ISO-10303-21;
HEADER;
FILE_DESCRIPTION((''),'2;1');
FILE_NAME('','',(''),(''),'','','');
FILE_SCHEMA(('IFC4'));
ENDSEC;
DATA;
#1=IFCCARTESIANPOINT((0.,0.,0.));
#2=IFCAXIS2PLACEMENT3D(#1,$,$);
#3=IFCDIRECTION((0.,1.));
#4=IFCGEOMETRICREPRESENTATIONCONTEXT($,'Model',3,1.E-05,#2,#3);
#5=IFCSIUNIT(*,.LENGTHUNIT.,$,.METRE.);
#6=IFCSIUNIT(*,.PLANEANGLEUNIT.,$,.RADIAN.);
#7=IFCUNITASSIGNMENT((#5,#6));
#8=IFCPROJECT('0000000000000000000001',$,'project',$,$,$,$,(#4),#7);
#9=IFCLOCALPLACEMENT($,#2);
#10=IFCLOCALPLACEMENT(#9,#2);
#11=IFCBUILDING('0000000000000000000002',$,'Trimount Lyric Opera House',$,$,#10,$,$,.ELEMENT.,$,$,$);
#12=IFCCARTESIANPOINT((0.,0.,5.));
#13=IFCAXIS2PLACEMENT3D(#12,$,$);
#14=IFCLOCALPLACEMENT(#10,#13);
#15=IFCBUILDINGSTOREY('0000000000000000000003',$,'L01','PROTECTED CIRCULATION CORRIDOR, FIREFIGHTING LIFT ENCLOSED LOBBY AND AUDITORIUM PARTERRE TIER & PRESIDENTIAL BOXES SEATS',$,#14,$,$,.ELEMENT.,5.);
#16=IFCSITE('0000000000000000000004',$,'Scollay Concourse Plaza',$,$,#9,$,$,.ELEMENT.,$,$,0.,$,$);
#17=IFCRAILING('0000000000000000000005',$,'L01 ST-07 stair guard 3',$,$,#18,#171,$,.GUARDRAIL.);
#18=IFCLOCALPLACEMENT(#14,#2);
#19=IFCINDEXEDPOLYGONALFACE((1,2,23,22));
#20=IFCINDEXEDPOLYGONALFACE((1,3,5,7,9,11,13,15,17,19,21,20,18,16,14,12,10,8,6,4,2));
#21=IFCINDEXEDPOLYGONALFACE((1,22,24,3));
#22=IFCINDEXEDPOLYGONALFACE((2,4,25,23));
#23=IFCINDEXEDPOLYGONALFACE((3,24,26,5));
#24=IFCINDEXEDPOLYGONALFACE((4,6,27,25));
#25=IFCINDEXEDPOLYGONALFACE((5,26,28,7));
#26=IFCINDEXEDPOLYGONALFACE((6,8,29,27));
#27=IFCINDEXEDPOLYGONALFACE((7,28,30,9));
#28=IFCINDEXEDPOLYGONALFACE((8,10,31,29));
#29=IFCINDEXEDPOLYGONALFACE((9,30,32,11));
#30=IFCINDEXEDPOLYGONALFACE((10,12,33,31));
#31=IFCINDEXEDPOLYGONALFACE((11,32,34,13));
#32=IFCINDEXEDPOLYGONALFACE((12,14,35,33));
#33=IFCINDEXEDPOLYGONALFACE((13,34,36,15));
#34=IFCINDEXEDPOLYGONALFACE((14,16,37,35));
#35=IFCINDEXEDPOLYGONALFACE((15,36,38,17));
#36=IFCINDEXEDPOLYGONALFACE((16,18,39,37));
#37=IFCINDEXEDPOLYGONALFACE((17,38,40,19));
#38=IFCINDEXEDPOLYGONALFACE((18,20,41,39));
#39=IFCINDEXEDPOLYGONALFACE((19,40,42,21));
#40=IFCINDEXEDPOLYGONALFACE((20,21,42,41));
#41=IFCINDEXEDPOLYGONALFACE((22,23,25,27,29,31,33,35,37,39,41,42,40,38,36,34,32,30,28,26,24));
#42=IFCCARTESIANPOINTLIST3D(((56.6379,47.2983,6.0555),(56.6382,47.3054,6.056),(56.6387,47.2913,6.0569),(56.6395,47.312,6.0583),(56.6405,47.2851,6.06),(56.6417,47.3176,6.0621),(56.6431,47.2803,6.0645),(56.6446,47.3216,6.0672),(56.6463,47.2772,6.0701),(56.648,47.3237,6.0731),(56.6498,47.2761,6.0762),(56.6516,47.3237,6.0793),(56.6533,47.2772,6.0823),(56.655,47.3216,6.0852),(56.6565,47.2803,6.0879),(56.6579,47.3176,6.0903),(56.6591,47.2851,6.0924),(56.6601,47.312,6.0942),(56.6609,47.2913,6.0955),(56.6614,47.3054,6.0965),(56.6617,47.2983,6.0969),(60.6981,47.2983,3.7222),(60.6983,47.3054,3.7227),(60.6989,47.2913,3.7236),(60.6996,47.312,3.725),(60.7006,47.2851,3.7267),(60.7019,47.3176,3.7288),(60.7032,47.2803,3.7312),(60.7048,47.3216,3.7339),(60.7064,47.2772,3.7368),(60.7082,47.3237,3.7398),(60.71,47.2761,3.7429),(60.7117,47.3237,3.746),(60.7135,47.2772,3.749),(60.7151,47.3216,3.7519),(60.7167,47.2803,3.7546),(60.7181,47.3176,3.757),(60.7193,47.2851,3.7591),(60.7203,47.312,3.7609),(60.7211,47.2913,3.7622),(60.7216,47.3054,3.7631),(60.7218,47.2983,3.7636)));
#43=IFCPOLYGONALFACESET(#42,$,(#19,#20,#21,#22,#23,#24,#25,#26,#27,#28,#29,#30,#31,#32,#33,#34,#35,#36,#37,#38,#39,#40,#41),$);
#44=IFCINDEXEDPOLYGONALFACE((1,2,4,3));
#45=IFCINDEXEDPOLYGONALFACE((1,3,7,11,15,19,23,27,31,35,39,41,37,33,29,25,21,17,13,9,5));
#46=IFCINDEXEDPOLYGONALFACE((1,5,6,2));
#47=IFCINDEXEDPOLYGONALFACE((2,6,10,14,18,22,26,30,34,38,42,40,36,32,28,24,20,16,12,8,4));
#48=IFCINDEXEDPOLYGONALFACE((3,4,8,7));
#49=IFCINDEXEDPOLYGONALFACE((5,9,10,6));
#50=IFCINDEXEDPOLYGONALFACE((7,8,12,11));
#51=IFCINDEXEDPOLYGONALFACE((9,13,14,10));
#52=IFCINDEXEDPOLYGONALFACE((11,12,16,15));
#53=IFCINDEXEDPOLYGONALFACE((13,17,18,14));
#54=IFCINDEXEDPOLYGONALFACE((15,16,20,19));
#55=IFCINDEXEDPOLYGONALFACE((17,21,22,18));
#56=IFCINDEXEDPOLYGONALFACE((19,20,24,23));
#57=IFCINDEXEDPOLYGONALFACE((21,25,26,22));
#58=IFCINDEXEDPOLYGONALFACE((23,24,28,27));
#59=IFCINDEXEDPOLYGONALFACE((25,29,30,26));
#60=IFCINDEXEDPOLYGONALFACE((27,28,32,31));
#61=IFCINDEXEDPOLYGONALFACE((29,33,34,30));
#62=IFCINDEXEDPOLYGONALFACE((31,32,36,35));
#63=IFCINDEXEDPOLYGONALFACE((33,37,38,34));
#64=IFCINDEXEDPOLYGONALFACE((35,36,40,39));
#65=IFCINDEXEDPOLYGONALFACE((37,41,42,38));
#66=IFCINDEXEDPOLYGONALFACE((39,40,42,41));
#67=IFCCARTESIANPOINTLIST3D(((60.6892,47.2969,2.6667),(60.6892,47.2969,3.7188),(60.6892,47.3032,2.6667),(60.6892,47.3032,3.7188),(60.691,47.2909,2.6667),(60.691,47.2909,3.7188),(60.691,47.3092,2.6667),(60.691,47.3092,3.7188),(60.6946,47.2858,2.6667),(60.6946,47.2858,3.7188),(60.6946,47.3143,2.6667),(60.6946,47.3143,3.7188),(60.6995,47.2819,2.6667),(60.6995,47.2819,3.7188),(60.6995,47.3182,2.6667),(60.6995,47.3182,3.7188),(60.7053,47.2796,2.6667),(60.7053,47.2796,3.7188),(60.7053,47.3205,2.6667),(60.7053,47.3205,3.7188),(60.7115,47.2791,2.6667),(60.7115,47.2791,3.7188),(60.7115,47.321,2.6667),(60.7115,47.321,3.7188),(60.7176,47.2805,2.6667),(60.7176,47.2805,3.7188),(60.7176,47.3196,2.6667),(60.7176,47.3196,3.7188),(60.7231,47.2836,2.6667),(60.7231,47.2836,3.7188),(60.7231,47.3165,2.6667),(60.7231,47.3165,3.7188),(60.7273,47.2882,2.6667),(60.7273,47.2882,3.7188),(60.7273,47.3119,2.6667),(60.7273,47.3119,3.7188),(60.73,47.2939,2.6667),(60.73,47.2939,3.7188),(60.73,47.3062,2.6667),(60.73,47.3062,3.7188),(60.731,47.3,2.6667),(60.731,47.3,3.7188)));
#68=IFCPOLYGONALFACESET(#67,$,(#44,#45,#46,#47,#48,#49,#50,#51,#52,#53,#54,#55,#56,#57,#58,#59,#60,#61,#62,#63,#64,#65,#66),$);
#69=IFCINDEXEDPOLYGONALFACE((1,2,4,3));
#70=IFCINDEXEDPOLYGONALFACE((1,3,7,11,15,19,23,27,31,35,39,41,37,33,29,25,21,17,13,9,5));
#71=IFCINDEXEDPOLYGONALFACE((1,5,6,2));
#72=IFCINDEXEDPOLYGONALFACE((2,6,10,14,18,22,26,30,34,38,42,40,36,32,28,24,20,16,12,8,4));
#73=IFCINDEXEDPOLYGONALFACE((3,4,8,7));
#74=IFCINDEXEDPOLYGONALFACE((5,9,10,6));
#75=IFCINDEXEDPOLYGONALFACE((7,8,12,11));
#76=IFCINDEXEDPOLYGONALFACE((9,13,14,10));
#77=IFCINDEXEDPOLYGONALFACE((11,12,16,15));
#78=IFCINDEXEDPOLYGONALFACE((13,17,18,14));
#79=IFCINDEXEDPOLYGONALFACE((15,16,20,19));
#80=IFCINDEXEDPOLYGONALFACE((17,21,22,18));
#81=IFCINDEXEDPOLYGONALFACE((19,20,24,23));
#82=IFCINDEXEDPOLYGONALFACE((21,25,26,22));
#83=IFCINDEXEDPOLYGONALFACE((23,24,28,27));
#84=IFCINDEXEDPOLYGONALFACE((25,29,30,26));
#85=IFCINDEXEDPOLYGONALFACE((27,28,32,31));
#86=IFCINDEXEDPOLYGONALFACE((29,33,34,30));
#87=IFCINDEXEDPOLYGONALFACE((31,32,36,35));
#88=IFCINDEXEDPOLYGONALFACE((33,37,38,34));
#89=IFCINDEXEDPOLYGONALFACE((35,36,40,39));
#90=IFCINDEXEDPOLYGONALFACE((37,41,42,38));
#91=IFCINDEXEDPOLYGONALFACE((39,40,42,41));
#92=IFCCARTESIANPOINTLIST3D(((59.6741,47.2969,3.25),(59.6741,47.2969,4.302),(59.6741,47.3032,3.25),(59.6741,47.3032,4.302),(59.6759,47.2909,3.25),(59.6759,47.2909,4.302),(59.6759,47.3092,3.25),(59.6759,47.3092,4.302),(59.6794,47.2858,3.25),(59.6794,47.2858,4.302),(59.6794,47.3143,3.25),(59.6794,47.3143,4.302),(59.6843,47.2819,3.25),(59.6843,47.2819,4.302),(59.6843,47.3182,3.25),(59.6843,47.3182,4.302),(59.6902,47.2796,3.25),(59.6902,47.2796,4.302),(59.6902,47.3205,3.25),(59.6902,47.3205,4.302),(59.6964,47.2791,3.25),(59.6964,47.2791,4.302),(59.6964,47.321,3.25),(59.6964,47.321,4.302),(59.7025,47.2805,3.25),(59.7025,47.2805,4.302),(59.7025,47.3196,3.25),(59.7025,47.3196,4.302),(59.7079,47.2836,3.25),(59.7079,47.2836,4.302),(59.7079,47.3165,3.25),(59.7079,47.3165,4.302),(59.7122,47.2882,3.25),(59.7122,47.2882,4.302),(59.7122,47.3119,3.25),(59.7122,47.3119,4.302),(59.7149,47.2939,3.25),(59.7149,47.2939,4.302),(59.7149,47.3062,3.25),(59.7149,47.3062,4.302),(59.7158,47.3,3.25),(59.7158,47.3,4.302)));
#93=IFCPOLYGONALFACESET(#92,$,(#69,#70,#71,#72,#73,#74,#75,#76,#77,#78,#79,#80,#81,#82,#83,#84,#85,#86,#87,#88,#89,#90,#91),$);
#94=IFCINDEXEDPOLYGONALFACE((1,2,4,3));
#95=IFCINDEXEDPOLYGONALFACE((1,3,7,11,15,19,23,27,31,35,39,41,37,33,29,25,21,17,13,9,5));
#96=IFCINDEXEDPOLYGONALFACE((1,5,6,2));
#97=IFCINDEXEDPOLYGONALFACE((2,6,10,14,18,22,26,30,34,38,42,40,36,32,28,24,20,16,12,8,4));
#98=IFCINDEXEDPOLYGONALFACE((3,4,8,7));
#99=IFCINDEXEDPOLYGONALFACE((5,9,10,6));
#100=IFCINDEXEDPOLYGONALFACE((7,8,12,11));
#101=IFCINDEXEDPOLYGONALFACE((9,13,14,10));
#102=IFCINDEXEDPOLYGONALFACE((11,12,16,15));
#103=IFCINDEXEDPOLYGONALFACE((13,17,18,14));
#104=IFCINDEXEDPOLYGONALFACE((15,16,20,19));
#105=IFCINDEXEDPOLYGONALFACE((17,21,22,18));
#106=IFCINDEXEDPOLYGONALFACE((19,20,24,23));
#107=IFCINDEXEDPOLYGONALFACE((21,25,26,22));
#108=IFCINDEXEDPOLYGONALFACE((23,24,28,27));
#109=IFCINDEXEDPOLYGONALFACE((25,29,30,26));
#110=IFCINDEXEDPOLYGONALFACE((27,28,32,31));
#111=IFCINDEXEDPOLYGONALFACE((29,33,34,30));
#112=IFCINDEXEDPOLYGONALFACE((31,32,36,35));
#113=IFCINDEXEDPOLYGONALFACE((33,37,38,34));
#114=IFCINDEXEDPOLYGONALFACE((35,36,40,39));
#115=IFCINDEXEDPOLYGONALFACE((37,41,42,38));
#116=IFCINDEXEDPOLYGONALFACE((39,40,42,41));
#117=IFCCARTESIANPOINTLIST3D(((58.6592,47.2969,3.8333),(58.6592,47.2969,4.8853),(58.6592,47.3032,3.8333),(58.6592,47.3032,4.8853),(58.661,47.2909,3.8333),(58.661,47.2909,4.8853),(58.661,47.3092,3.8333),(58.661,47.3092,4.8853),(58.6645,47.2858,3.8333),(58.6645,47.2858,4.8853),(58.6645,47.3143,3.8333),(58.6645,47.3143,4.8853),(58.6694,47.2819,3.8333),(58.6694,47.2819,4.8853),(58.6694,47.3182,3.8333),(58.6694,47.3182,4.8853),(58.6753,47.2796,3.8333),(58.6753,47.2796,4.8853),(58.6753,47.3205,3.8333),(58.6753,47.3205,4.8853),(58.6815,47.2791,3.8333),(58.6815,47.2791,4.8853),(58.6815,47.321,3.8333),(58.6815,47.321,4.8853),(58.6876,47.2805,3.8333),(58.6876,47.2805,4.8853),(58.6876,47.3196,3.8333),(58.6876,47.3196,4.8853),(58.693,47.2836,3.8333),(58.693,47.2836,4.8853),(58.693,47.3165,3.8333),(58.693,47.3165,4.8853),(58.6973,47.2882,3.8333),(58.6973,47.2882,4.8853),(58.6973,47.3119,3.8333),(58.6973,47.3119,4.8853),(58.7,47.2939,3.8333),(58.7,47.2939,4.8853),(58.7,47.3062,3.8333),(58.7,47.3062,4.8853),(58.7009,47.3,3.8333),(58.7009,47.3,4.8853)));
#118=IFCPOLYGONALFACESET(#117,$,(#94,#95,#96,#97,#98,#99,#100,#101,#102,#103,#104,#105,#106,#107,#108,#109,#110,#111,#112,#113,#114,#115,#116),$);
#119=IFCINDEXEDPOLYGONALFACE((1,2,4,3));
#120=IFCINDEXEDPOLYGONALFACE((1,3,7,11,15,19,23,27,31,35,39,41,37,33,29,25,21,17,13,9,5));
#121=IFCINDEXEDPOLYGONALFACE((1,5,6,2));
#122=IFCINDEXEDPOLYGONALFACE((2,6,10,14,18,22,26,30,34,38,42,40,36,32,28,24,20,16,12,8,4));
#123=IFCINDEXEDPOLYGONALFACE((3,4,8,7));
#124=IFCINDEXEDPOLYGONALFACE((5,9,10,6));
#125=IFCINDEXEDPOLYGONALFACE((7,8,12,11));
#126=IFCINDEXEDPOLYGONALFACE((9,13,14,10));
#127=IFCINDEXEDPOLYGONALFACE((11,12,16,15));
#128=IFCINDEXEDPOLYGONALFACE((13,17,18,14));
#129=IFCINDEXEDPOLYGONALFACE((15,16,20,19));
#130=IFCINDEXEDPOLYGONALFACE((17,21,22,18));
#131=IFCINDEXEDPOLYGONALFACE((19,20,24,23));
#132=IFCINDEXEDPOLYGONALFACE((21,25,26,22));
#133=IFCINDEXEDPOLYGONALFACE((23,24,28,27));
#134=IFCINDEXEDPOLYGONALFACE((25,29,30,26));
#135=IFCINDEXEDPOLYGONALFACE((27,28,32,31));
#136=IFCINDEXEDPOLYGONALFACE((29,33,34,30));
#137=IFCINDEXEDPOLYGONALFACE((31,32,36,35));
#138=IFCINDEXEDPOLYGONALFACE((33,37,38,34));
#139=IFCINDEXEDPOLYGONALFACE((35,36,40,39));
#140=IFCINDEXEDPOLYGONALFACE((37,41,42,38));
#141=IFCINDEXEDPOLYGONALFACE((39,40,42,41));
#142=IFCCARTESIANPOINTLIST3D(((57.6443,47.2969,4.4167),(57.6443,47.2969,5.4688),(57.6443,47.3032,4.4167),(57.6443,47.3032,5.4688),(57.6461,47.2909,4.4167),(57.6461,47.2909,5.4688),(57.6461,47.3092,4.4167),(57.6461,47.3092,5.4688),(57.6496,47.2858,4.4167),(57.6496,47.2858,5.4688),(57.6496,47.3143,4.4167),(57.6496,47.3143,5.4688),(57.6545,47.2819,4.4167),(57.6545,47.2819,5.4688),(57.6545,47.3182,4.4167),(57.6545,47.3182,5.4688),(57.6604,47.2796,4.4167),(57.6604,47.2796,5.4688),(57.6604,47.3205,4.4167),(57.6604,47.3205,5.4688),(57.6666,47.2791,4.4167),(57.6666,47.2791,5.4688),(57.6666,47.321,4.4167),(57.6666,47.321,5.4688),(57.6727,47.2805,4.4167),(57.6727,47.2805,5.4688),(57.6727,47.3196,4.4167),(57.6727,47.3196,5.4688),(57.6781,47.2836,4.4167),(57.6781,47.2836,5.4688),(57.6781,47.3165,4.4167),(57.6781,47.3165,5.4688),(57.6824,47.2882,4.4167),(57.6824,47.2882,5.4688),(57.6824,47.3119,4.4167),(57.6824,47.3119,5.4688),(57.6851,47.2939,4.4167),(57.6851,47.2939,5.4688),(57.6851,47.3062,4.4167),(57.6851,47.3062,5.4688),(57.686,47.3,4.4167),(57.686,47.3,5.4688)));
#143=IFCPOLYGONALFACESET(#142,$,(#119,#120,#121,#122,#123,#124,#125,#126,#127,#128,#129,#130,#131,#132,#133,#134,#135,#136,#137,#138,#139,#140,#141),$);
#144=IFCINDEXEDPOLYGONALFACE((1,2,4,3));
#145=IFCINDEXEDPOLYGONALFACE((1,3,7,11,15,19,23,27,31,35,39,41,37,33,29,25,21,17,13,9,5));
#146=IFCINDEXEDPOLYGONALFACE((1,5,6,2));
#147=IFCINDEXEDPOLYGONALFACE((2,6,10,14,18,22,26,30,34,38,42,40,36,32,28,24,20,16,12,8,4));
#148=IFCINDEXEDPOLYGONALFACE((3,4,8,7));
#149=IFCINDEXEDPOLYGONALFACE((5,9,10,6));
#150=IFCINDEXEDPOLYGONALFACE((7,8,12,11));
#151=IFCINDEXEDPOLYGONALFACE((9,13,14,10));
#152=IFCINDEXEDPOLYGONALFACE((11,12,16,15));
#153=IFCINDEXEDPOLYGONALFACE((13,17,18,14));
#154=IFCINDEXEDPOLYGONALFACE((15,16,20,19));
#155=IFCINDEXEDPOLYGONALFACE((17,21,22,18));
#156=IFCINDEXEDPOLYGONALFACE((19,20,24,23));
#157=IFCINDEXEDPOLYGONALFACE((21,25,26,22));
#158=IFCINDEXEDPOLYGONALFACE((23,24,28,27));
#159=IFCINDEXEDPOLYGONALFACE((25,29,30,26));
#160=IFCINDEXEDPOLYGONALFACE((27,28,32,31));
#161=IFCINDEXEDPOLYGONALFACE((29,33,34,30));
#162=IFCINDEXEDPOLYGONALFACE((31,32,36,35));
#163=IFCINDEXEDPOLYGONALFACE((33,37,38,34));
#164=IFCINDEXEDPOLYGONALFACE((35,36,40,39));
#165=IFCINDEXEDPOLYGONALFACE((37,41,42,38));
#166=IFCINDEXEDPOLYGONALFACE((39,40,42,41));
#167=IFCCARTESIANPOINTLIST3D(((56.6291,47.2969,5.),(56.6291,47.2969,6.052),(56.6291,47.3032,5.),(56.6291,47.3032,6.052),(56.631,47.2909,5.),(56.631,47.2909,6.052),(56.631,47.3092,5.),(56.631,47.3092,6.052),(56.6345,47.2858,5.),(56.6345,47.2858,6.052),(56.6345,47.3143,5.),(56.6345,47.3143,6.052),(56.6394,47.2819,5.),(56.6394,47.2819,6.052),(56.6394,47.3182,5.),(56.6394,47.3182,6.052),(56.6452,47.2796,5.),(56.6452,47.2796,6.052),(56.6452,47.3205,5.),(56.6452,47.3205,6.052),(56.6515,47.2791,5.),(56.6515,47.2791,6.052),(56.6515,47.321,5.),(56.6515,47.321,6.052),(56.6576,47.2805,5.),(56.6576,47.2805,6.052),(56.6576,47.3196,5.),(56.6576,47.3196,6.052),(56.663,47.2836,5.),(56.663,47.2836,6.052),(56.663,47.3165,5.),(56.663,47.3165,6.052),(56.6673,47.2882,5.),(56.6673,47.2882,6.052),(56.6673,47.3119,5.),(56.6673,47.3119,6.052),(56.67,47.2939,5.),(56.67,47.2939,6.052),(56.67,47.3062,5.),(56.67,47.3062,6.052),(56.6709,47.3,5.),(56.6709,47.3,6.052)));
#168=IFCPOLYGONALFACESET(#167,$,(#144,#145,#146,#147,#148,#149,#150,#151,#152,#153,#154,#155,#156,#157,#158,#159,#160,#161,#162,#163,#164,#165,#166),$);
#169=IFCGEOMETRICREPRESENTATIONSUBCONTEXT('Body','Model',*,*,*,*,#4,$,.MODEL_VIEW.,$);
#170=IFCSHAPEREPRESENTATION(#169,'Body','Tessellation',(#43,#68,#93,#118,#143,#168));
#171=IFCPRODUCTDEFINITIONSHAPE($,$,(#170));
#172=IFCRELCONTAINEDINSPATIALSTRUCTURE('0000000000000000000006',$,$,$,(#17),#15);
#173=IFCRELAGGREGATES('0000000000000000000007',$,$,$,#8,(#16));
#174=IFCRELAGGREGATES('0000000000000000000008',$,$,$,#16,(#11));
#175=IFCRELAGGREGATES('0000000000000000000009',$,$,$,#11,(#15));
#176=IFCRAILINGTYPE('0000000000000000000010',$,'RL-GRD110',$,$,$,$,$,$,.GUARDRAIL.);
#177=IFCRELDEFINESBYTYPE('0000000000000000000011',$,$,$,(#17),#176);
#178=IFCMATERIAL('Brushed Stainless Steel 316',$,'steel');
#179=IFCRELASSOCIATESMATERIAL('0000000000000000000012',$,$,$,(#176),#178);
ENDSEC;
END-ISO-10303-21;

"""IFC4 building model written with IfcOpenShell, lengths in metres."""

from ifc_helpers import new_model, si_unit, direction, frame, origin, origin_2d, place, context, subcontext, project, spatial, circle, extrude, material, type_object, element, save


model = new_model("IFC4")

# Units and contexts
model_context = context("Model", 3, precision=1e-05, world=origin(), true_north=direction((0.0, 1.0)))
body_context = subcontext(model_context, "Body", "Model", "MODEL_VIEW")
ifc_project = project(units=[si_unit("LENGTHUNIT", "METRE"), si_unit("PLANEANGLEUNIT", "RADIAN")], contexts=[model_context])

# Site, building, storey
site_placement = place(None, origin())
site = spatial("IfcSite", under=ifc_project, at=site_placement, Name="Scollay Concourse Plaza", CompositionType="ELEMENT", RefElevation=0.0)
building_placement = place(site_placement, origin())
building = spatial("IfcBuilding", under=site, at=building_placement, Name="Trimount Lyric Opera House", CompositionType="ELEMENT")
storey_placement = place(building_placement, frame((0.0, 0.0, 5.0)))
storey = spatial("IfcBuildingStorey", under=building, at=storey_placement, Name="L01", Description="PROTECTED CIRCULATION CORRIDOR, FIREFIGHTING LIFT ENCLOSED LOBBY AND AUDITORIUM PARTERRE TIER & PRESIDENTIAL BOXES SEATS", CompositionType="ELEMENT", Elevation=5.0)

# Railing
ifc_material_1 = material(Name="Brushed Stainless Steel 316", Category="steel")
railing_type_1 = type_object("IfcRailingType", Name="RL-GRD110", PredefinedType="GUARDRAIL", material=ifc_material_1)
railing_1_placement = place(storey_placement, frame((60.71, 47.3, 2.6667)))
element("IfcRailing", 1, at=railing_1_placement, inside=storey, type_object=railing_type_1, Name="L01 ST-07 stair guard 3", PredefinedType="GUARDRAIL", context=body_context, shape_type="SweptSolid", body=[
    extrude(circle(Radius=0.0239, at=origin_2d()), frame((0.0, 0.0, 1.0762), z_axis=(-0.867025, 0.0, 0.498265), x_axis=(0.0, -1.0, 0.0)), (0.0, 0.0, 1.0), 4.6829),
    extrude(circle(Radius=0.021, at=origin_2d()), origin(), (0.0, 0.0, 1.0), 1.052),
    extrude(circle(Radius=0.021, at=origin_2d()), frame((-1.0151, 0.0, 0.5833)), (0.0, 0.0, 1.0), 1.052),
    extrude(circle(Radius=0.021, at=origin_2d()), frame((-2.03, 0.0, 1.1665)), (0.0, 0.0, 1.0), 1.052),
    extrude(circle(Radius=0.021, at=origin_2d()), frame((-3.0449, 0.0, 1.75)), (0.0, 0.0, 1.0), 1.052),
    extrude(circle(Radius=0.021, at=origin_2d()), frame((-4.0601, 0.0, 2.3333)), (0.0, 0.0, 1.0), 1.052),
])

save(model, "model.ifc")
